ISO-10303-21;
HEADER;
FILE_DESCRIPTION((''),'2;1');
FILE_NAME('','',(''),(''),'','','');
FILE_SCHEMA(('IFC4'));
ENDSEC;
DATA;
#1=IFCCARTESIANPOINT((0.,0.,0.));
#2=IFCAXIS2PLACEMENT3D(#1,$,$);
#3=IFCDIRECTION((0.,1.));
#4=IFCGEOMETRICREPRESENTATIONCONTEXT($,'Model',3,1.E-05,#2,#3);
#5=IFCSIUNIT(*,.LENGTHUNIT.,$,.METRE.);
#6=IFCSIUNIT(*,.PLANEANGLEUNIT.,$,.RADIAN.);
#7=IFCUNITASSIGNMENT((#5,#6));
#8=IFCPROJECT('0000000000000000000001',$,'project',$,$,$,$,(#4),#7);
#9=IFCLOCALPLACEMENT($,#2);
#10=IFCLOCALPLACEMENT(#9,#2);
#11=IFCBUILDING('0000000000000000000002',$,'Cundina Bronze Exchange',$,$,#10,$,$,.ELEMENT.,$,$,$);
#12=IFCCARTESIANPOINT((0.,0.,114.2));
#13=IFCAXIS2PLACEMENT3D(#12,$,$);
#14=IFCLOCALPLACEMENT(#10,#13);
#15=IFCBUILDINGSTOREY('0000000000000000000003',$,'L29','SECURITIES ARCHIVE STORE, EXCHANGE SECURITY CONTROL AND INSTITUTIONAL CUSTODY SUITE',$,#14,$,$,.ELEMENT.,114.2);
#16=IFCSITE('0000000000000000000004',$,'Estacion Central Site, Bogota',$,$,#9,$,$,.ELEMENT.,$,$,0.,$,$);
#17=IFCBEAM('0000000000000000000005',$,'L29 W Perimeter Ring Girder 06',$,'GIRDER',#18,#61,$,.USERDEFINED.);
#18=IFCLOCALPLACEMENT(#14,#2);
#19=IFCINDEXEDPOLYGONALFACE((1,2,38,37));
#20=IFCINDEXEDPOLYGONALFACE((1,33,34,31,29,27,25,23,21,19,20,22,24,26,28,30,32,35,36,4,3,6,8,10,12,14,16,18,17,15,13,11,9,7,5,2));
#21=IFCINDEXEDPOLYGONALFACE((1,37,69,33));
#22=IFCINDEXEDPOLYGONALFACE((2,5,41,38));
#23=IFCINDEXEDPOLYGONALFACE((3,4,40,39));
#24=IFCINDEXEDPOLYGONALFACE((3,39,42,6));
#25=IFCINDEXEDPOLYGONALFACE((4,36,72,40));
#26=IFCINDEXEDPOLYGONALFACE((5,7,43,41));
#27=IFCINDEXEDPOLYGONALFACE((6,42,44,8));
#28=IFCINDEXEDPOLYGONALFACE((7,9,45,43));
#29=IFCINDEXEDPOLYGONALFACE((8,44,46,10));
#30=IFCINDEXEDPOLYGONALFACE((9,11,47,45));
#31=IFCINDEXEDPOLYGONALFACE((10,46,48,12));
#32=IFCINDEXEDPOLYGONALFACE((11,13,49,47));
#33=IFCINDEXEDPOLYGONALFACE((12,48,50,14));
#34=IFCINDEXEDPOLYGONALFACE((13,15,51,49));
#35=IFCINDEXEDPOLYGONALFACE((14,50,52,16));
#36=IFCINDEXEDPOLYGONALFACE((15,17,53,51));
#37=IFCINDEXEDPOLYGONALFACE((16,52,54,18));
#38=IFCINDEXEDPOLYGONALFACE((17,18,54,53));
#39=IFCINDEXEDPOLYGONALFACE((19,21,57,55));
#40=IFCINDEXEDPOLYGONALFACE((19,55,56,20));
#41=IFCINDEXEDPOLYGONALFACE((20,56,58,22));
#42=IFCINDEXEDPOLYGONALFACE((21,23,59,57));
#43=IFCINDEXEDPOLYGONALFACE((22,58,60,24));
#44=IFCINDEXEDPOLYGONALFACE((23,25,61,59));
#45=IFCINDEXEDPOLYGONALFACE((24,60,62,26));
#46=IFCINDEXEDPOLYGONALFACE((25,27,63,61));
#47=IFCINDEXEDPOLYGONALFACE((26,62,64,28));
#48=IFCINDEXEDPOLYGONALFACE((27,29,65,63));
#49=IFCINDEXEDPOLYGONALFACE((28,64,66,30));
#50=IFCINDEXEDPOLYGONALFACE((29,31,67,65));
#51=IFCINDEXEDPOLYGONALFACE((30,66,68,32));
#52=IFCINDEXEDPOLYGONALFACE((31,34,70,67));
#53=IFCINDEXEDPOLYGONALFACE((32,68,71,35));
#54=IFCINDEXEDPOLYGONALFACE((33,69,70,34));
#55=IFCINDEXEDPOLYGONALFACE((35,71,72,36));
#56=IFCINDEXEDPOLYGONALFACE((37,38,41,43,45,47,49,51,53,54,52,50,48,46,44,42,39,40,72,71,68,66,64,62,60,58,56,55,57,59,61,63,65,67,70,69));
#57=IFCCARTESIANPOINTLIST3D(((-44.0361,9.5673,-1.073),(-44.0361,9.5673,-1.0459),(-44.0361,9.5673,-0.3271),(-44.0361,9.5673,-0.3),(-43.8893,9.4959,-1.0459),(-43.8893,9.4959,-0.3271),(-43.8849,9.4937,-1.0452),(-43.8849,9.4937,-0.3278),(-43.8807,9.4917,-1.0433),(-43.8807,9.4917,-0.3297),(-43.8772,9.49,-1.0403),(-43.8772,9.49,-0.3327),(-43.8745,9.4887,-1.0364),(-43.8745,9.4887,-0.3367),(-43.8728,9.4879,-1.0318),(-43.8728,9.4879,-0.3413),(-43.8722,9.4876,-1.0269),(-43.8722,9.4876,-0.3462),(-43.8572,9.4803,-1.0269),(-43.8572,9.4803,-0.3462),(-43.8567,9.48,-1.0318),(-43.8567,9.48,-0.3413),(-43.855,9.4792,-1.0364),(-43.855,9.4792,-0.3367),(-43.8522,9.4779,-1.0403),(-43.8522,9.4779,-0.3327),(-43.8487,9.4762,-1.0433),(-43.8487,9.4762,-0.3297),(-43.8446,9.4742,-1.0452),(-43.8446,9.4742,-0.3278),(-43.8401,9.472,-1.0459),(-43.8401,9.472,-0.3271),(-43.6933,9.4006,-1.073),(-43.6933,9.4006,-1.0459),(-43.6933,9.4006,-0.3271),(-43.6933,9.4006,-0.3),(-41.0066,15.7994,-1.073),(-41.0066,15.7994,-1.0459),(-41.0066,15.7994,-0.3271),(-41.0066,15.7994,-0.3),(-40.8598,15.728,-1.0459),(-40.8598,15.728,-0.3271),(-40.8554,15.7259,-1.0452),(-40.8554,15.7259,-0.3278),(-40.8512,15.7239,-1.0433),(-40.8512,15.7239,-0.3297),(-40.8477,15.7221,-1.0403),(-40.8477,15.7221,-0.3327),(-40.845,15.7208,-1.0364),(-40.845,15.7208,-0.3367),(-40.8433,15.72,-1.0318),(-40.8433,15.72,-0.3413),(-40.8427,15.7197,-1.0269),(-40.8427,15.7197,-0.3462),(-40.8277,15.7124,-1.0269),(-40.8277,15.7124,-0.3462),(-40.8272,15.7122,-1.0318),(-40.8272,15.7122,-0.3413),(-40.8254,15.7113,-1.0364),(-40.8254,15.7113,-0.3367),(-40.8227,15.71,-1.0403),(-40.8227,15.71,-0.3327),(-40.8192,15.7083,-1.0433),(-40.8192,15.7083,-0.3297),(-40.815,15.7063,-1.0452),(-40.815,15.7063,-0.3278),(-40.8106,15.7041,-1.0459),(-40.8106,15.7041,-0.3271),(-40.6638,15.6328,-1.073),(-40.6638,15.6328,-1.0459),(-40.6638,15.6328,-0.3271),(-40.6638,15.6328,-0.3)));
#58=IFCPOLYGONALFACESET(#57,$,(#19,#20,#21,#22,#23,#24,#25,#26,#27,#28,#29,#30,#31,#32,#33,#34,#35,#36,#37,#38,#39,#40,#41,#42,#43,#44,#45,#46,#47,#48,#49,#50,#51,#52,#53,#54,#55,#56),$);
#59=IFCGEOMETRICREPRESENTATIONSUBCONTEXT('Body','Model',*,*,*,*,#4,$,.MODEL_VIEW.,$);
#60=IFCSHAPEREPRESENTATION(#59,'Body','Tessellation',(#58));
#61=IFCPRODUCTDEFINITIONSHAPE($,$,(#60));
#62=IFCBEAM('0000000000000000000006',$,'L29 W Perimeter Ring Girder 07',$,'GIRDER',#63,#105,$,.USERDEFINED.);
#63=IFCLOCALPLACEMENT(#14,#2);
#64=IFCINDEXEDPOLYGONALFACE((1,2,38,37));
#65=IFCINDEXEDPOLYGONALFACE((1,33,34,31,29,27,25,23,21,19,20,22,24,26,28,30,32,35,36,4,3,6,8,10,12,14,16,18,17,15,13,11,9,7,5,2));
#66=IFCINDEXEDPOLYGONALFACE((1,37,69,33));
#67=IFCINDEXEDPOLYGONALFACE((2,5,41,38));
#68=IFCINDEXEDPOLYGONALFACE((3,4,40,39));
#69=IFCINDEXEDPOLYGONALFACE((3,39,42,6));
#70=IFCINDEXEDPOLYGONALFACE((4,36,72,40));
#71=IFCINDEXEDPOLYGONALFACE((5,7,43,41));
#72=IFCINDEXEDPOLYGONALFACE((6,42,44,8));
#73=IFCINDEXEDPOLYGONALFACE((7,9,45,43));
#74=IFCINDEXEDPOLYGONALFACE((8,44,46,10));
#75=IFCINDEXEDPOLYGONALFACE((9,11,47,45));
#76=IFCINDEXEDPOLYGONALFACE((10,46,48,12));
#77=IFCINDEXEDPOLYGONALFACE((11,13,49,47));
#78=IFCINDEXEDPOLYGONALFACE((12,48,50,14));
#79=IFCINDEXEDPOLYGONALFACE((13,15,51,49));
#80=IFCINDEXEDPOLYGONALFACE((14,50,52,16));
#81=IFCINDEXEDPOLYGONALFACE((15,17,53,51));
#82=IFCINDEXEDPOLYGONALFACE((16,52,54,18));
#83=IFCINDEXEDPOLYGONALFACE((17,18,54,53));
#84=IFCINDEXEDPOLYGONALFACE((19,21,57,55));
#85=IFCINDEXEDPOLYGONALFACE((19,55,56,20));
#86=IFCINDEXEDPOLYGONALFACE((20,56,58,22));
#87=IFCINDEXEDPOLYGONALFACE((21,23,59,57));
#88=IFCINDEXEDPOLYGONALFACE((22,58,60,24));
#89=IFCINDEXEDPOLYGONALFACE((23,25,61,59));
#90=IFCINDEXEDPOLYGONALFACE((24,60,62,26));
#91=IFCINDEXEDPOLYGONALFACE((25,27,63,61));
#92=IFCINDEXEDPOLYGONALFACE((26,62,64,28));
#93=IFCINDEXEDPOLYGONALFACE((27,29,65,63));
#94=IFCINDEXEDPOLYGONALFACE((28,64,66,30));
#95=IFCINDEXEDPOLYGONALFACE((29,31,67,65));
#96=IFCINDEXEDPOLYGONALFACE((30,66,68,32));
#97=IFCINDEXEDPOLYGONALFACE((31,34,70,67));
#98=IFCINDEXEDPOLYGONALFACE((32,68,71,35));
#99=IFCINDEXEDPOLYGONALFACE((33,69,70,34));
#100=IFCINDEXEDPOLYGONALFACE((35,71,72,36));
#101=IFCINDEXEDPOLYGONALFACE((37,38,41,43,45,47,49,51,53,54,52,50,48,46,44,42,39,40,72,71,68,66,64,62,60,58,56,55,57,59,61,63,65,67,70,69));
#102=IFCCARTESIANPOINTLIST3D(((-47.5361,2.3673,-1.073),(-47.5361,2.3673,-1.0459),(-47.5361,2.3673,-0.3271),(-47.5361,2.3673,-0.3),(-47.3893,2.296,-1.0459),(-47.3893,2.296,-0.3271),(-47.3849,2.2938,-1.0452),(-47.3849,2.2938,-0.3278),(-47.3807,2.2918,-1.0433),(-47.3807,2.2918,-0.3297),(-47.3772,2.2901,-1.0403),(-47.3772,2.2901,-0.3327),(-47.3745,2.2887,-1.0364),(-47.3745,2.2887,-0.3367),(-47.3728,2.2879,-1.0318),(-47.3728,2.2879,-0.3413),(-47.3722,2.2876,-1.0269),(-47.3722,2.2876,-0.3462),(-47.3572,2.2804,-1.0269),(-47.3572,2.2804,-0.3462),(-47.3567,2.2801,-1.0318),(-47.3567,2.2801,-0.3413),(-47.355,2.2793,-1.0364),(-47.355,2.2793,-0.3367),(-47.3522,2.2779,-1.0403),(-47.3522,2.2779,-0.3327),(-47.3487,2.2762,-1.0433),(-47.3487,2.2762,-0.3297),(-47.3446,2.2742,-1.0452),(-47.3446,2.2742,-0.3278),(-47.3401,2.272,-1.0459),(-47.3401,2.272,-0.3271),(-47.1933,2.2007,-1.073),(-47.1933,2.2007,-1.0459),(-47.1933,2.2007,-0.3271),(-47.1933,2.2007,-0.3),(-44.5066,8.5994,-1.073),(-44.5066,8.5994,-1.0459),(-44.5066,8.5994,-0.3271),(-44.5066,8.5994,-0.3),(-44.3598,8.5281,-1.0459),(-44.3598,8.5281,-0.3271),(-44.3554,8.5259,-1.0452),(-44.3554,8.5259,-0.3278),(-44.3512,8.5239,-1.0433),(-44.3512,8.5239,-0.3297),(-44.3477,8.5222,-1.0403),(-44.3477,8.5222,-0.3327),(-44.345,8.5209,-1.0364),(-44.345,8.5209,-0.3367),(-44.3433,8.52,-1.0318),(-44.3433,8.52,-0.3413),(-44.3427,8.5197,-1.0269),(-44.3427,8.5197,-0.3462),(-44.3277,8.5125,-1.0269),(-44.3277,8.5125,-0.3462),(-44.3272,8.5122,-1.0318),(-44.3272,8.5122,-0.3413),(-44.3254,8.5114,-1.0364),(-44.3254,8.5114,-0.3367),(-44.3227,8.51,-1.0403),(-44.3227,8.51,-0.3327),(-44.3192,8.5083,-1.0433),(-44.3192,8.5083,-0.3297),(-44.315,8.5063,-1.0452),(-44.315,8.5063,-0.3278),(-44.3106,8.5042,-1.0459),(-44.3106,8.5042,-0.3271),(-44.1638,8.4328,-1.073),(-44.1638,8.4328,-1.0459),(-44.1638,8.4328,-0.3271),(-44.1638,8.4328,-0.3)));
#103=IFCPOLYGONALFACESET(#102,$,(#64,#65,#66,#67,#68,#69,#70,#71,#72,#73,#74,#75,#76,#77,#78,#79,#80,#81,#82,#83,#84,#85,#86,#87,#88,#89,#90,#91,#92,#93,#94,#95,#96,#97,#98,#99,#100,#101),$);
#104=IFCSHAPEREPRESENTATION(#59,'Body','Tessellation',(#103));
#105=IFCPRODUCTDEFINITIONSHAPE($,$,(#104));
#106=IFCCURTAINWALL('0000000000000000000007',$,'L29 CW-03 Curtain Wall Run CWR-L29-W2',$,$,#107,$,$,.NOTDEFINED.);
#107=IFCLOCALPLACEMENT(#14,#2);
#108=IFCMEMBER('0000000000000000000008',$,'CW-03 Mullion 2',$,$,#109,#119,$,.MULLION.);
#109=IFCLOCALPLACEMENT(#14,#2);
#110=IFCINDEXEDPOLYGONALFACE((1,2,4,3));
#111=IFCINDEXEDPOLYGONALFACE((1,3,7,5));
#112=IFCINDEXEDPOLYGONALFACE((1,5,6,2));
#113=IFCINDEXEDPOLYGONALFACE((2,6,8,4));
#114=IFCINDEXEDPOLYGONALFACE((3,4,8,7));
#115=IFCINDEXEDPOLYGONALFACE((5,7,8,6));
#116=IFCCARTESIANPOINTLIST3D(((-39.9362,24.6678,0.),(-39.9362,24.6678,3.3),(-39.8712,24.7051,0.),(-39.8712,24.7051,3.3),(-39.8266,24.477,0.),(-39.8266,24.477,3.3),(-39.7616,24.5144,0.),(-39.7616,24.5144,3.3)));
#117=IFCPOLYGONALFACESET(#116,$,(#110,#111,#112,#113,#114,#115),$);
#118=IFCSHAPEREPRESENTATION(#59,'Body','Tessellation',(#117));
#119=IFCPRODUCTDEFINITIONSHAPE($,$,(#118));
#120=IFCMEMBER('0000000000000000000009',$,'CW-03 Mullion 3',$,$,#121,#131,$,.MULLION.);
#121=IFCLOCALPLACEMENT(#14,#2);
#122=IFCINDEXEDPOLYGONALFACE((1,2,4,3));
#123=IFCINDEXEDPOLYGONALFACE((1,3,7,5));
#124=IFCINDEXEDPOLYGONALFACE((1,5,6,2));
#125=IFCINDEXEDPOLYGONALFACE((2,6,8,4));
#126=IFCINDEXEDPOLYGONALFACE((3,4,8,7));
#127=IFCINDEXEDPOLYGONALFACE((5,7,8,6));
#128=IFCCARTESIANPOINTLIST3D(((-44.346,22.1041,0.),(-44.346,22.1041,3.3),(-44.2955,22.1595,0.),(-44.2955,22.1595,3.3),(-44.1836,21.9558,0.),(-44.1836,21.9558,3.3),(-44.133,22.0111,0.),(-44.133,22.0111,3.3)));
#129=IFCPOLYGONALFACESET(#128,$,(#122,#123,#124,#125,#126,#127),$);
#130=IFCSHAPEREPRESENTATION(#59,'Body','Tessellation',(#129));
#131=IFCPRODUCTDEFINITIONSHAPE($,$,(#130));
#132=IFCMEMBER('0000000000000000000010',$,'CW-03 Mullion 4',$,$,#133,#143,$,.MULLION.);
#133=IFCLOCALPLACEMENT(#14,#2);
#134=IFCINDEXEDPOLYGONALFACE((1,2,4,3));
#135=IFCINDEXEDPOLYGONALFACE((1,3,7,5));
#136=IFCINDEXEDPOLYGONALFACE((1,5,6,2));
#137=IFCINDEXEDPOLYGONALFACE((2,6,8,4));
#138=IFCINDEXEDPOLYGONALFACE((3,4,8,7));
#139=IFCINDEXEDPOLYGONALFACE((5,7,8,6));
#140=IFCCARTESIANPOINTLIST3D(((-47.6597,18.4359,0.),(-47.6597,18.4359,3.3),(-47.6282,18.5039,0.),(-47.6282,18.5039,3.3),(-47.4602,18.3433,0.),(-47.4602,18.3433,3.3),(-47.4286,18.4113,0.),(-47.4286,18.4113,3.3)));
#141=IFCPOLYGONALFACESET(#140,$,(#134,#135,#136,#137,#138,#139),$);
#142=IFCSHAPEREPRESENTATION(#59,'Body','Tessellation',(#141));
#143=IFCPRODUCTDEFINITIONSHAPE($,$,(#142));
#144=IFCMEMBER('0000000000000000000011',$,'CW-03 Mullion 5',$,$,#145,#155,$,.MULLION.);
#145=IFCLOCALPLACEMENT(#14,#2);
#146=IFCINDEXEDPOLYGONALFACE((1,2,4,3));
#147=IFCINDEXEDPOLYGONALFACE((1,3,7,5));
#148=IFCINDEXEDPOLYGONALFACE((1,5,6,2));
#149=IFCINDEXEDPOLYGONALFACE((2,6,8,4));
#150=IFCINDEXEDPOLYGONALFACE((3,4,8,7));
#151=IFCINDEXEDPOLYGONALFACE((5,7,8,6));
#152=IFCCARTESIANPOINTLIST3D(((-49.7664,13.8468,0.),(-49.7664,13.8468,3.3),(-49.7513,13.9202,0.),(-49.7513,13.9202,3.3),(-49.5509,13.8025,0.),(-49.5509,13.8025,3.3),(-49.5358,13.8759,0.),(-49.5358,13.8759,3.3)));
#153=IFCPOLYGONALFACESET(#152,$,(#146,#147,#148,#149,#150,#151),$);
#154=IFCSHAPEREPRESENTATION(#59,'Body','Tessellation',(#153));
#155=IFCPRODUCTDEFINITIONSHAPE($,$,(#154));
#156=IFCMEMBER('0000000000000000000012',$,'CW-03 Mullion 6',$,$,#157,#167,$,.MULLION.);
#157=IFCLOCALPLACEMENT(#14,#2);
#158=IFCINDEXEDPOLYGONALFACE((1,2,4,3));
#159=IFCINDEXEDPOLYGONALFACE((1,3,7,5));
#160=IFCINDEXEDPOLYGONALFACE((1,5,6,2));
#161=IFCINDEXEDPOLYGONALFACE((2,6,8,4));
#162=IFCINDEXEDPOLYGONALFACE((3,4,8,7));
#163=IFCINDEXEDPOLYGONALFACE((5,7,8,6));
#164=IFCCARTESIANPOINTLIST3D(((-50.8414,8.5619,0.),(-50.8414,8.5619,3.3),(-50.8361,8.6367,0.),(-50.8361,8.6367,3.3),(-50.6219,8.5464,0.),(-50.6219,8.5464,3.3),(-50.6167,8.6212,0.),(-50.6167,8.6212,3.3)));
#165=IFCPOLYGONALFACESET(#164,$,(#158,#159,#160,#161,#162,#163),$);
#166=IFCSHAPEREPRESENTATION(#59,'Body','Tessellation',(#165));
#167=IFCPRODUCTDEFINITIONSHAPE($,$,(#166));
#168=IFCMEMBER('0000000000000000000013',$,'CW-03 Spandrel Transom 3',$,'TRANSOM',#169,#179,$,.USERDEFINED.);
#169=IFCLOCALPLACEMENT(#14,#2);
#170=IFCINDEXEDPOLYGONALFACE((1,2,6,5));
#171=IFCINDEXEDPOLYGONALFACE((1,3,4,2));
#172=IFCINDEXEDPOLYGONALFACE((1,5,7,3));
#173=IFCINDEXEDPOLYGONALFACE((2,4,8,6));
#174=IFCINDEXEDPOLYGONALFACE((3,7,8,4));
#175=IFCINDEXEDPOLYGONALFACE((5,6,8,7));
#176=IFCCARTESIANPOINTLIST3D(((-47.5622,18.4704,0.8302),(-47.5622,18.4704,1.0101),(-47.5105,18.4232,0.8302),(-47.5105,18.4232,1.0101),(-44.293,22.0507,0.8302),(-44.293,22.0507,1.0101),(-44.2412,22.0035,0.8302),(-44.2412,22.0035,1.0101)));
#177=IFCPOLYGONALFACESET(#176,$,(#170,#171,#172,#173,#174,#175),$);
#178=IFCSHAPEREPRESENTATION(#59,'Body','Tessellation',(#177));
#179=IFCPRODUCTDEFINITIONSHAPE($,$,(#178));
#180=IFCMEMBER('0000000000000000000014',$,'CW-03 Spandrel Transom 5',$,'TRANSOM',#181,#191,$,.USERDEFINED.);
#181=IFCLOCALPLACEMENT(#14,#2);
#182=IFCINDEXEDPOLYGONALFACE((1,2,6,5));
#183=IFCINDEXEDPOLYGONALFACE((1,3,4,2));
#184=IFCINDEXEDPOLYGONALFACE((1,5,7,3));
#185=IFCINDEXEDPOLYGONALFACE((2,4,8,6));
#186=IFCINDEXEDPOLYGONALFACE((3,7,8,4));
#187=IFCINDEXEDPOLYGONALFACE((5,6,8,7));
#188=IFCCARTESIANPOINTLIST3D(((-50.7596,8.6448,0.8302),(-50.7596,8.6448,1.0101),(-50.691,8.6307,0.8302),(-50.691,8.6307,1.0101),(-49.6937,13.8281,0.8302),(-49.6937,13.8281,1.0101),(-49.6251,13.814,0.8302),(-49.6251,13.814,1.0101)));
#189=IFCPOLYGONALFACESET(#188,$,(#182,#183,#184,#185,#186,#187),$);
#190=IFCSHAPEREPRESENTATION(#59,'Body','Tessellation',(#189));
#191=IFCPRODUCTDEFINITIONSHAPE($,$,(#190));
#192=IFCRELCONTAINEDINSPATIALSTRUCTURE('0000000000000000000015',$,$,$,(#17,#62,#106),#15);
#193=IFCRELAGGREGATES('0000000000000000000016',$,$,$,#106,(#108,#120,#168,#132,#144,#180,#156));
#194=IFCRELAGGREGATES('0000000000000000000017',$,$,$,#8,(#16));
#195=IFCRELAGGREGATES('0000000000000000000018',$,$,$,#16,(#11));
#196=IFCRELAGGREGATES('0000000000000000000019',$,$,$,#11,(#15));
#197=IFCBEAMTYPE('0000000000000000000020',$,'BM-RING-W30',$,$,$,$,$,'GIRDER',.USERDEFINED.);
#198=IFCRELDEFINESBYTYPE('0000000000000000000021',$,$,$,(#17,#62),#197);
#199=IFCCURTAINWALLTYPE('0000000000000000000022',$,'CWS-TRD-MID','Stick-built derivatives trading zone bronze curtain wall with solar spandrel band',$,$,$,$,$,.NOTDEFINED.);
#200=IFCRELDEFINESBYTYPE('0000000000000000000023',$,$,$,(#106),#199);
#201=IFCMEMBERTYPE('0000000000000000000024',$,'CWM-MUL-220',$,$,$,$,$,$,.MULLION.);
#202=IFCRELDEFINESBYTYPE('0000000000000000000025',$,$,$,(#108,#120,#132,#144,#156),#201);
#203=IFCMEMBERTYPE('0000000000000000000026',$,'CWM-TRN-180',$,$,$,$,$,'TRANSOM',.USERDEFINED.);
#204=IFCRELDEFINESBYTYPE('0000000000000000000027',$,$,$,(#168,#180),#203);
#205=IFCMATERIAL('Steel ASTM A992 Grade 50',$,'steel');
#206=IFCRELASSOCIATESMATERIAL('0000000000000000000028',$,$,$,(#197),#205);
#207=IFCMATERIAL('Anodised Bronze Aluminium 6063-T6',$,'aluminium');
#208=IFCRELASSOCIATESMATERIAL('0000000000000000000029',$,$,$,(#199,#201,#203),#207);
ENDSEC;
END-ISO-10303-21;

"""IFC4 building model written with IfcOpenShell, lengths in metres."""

from ifc_helpers import new_model, si_unit, direction, frame, origin, origin_2d, place, context, subcontext, project, spatial, rectangle, i_section, extrude, material, material_profile, profile_set, type_object, element, aggregate, save


model = new_model("IFC4")

# Units and contexts
model_context = context("Model", 3, precision=1e-05, world=origin(), true_north=direction((0.0, 1.0)))
body_context = subcontext(model_context, "Body", "Model", "MODEL_VIEW")
ifc_project = project(units=[si_unit("LENGTHUNIT", "METRE"), si_unit("PLANEANGLEUNIT", "RADIAN")], contexts=[model_context])

# Site, building, storey
site_placement = place(None, origin())
site = spatial("IfcSite", under=ifc_project, at=site_placement, Name="Estacion Central Site, Bogota", CompositionType="ELEMENT", RefElevation=0.0)
building_placement = place(site_placement, origin())
building = spatial("IfcBuilding", under=site, at=building_placement, Name="Cundina Bronze Exchange", CompositionType="ELEMENT")
storey_placement = place(building_placement, frame((0.0, 0.0, 114.2)))
storey = spatial("IfcBuildingStorey", under=building, at=storey_placement, Name="L29", Description="SECURITIES ARCHIVE STORE, EXCHANGE SECURITY CONTROL AND INSTITUTIONAL CUSTODY SUITE", CompositionType="ELEMENT", Elevation=114.2)

# Beams
ifc_material_1 = material(Name="Steel ASTM A992 Grade 50", Category="steel")
ifc_material_profile_1 = material_profile(ifc_material_1, i_section(OverallWidth=0.3811, OverallDepth=0.7729, WebThickness=0.0166, FlangeThickness=0.0271, FilletRadius=0.019, at=origin_2d()), Name="W30X173", Category="steel")
ifc_profile_set_1 = profile_set([ifc_material_profile_1], Name="Steel ASTM A992 Grade 50")
beam_type_1 = type_object("IfcBeamType", Name="BM-RING-W30", ElementType="GIRDER", PredefinedType="USERDEFINED", material=ifc_profile_set_1)
for number, where, z_axis, x_axis, name in (
    (1, (-40.8352, 15.7161, -0.6865), (-0.437194, -0.899367, 0.0), (0.899367, -0.437194, 0.0), "L29 W Perimeter Ring Girder 06"),
    (2, (-44.3352, 8.5161, -0.6865), (-0.437194, -0.899367, 0.0), (0.899367, -0.437194, 0.0), "L29 W Perimeter Ring Girder 07"),
):
    element("IfcBeam", number, at=place(storey_placement, frame(where, z_axis=z_axis, x_axis=x_axis)), inside=storey, type_object=beam_type_1, Name=name, ObjectType="GIRDER", PredefinedType="USERDEFINED", context=body_context, shape_type="SweptSolid", body=[
        extrude(i_section(OverallWidth=0.3811, OverallDepth=0.7729, WebThickness=0.0166, FlangeThickness=0.0271, FilletRadius=0.019, at=origin_2d()), origin(), (0.0, 0.0, 1.0), 6.9294),
    ])

# Curtain wall, members
ifc_material_2 = material(Name="Anodised Bronze Aluminium 6063-T6", Category="aluminium")
curtain_wall_type = type_object("IfcCurtainWallType", Name="CWS-TRD-MID", Description="Stick-built derivatives trading zone bronze curtain wall with solar spandrel band", PredefinedType="NOTDEFINED", material=ifc_material_2)
curtain_wall_placement = place(storey_placement, origin())
curtain_wall = element("IfcCurtainWall", 3, at=curtain_wall_placement, inside=storey, type_object=curtain_wall_type, Name="L29 CW-03 Curtain Wall Run CWR-L29-W2", PredefinedType="NOTDEFINED")
ifc_material_profile_2 = material_profile(ifc_material_2, rectangle(XDim=0.075, YDim=0.22, at=origin_2d()), Name="AL75X220", Category="aluminium")
ifc_profile_set_2 = profile_set([ifc_material_profile_2], Name="Anodised Bronze Aluminium 6063-T6")
member_type_1 = type_object("IfcMemberType", Name="CWM-MUL-220", PredefinedType="MULLION", material=ifc_profile_set_2)
member_1_placement = place(storey_placement, frame((-39.8489, 24.5911, 0.0), z_axis=(0.0, 0.0, 1.0), x_axis=(-0.867071, -0.498185, 0.0)))
member_1 = element("IfcMember", 4, at=member_1_placement, type_object=member_type_1, Name="CW-03 Mullion 2", PredefinedType="MULLION", context=body_context, shape_type="SweptSolid", body=[
    extrude(rectangle(XDim=0.075, YDim=0.22, at=origin_2d()), origin(), (0.0, 0.0, 1.0), 3.3),
])
member_2_placement = place(storey_placement, frame((-44.2395, 22.0576, 0.0), z_axis=(0.0, 0.0, 1.0), x_axis=(-0.674302, -0.738455, 0.0)))
member_2 = element("IfcMember", 5, at=member_2_placement, type_object=member_type_1, Name="CW-03 Mullion 3", PredefinedType="MULLION", context=body_context, shape_type="SweptSolid", body=[
    extrude(rectangle(XDim=0.075, YDim=0.22, at=origin_2d()), origin(), (0.0, 0.0, 1.0), 3.3),
])
member_3_placement = place(storey_placement, frame((-47.5442, 18.4236, 0.0), z_axis=(0.0, 0.0, 1.0), x_axis=(-0.420877, -0.907117, 0.0)))
member_3 = element("IfcMember", 6, at=member_3_placement, type_object=member_type_1, Name="CW-03 Mullion 4", PredefinedType="MULLION", context=body_context, shape_type="SweptSolid", body=[
    extrude(rectangle(XDim=0.075, YDim=0.22, at=origin_2d()), origin(), (0.0, 0.0, 1.0), 3.3),
])
member_4_placement = place(storey_placement, frame((-49.6511, 13.8613, 0.0), z_axis=(0.0, 0.0, 1.0), x_axis=(-0.20142, -0.979505, 0.0)))
member_4 = element("IfcMember", 7, at=member_4_placement, type_object=member_type_1, Name="CW-03 Mullion 5", PredefinedType="MULLION", context=body_context, shape_type="SweptSolid", body=[
    extrude(rectangle(XDim=0.075, YDim=0.22, at=origin_2d()), origin(), (0.0, 0.0, 1.0), 3.3),
])
member_5_placement = place(storey_placement, frame((-50.729, 8.5916, 0.0), z_axis=(0.0, 0.0, 1.0), x_axis=(-0.070279, -0.997527, 0.0)))
member_5 = element("IfcMember", 8, at=member_5_placement, type_object=member_type_1, Name="CW-03 Mullion 6", PredefinedType="MULLION", context=body_context, shape_type="SweptSolid", body=[
    extrude(rectangle(XDim=0.075, YDim=0.22, at=origin_2d()), origin(), (0.0, 0.0, 1.0), 3.3),
])
ifc_material_profile_3 = material_profile(ifc_material_2, rectangle(XDim=0.0701, YDim=0.1799, at=origin_2d()), Name="AL70X180", Category="aluminium")
ifc_profile_set_3 = profile_set([ifc_material_profile_3], Name="Anodised Bronze Aluminium 6063-T6")
member_type_2 = type_object("IfcMemberType", Name="CWM-TRN-180", ElementType="TRANSOM", PredefinedType="USERDEFINED", material=ifc_profile_set_3)
member_6_placement = place(storey_placement, frame((-44.2671, 22.0271, 0.9202), z_axis=(-0.674303, -0.738455, 0.0), x_axis=(0.738455, -0.674303, 0.0)))
member_6 = element("IfcMember", 9, at=member_6_placement, type_object=member_type_2, Name="CW-03 Spandrel Transom 3", ObjectType="TRANSOM", PredefinedType="USERDEFINED", context=body_context, shape_type="SweptSolid", body=[
    extrude(rectangle(XDim=0.0701, YDim=0.1799, at=origin_2d()), origin(), (0.0, 0.0, 1.0), 4.8484),
])
member_7_placement = place(storey_placement, frame((-49.6594, 13.821, 0.9202), z_axis=(-0.201428, -0.979503, 0.0), x_axis=(0.979503, -0.201428, 0.0)))
member_7 = element("IfcMember", 10, at=member_7_placement, type_object=member_type_2, Name="CW-03 Spandrel Transom 5", ObjectType="TRANSOM", PredefinedType="USERDEFINED", context=body_context, shape_type="SweptSolid", body=[
    extrude(rectangle(XDim=0.0701, YDim=0.1799, at=origin_2d()), origin(), (0.0, 0.0, 1.0), 5.2917),
])
aggregate(curtain_wall, [member_1, member_2, member_6, member_3, member_4, member_7, member_5])

save(model, "model.ifc")
